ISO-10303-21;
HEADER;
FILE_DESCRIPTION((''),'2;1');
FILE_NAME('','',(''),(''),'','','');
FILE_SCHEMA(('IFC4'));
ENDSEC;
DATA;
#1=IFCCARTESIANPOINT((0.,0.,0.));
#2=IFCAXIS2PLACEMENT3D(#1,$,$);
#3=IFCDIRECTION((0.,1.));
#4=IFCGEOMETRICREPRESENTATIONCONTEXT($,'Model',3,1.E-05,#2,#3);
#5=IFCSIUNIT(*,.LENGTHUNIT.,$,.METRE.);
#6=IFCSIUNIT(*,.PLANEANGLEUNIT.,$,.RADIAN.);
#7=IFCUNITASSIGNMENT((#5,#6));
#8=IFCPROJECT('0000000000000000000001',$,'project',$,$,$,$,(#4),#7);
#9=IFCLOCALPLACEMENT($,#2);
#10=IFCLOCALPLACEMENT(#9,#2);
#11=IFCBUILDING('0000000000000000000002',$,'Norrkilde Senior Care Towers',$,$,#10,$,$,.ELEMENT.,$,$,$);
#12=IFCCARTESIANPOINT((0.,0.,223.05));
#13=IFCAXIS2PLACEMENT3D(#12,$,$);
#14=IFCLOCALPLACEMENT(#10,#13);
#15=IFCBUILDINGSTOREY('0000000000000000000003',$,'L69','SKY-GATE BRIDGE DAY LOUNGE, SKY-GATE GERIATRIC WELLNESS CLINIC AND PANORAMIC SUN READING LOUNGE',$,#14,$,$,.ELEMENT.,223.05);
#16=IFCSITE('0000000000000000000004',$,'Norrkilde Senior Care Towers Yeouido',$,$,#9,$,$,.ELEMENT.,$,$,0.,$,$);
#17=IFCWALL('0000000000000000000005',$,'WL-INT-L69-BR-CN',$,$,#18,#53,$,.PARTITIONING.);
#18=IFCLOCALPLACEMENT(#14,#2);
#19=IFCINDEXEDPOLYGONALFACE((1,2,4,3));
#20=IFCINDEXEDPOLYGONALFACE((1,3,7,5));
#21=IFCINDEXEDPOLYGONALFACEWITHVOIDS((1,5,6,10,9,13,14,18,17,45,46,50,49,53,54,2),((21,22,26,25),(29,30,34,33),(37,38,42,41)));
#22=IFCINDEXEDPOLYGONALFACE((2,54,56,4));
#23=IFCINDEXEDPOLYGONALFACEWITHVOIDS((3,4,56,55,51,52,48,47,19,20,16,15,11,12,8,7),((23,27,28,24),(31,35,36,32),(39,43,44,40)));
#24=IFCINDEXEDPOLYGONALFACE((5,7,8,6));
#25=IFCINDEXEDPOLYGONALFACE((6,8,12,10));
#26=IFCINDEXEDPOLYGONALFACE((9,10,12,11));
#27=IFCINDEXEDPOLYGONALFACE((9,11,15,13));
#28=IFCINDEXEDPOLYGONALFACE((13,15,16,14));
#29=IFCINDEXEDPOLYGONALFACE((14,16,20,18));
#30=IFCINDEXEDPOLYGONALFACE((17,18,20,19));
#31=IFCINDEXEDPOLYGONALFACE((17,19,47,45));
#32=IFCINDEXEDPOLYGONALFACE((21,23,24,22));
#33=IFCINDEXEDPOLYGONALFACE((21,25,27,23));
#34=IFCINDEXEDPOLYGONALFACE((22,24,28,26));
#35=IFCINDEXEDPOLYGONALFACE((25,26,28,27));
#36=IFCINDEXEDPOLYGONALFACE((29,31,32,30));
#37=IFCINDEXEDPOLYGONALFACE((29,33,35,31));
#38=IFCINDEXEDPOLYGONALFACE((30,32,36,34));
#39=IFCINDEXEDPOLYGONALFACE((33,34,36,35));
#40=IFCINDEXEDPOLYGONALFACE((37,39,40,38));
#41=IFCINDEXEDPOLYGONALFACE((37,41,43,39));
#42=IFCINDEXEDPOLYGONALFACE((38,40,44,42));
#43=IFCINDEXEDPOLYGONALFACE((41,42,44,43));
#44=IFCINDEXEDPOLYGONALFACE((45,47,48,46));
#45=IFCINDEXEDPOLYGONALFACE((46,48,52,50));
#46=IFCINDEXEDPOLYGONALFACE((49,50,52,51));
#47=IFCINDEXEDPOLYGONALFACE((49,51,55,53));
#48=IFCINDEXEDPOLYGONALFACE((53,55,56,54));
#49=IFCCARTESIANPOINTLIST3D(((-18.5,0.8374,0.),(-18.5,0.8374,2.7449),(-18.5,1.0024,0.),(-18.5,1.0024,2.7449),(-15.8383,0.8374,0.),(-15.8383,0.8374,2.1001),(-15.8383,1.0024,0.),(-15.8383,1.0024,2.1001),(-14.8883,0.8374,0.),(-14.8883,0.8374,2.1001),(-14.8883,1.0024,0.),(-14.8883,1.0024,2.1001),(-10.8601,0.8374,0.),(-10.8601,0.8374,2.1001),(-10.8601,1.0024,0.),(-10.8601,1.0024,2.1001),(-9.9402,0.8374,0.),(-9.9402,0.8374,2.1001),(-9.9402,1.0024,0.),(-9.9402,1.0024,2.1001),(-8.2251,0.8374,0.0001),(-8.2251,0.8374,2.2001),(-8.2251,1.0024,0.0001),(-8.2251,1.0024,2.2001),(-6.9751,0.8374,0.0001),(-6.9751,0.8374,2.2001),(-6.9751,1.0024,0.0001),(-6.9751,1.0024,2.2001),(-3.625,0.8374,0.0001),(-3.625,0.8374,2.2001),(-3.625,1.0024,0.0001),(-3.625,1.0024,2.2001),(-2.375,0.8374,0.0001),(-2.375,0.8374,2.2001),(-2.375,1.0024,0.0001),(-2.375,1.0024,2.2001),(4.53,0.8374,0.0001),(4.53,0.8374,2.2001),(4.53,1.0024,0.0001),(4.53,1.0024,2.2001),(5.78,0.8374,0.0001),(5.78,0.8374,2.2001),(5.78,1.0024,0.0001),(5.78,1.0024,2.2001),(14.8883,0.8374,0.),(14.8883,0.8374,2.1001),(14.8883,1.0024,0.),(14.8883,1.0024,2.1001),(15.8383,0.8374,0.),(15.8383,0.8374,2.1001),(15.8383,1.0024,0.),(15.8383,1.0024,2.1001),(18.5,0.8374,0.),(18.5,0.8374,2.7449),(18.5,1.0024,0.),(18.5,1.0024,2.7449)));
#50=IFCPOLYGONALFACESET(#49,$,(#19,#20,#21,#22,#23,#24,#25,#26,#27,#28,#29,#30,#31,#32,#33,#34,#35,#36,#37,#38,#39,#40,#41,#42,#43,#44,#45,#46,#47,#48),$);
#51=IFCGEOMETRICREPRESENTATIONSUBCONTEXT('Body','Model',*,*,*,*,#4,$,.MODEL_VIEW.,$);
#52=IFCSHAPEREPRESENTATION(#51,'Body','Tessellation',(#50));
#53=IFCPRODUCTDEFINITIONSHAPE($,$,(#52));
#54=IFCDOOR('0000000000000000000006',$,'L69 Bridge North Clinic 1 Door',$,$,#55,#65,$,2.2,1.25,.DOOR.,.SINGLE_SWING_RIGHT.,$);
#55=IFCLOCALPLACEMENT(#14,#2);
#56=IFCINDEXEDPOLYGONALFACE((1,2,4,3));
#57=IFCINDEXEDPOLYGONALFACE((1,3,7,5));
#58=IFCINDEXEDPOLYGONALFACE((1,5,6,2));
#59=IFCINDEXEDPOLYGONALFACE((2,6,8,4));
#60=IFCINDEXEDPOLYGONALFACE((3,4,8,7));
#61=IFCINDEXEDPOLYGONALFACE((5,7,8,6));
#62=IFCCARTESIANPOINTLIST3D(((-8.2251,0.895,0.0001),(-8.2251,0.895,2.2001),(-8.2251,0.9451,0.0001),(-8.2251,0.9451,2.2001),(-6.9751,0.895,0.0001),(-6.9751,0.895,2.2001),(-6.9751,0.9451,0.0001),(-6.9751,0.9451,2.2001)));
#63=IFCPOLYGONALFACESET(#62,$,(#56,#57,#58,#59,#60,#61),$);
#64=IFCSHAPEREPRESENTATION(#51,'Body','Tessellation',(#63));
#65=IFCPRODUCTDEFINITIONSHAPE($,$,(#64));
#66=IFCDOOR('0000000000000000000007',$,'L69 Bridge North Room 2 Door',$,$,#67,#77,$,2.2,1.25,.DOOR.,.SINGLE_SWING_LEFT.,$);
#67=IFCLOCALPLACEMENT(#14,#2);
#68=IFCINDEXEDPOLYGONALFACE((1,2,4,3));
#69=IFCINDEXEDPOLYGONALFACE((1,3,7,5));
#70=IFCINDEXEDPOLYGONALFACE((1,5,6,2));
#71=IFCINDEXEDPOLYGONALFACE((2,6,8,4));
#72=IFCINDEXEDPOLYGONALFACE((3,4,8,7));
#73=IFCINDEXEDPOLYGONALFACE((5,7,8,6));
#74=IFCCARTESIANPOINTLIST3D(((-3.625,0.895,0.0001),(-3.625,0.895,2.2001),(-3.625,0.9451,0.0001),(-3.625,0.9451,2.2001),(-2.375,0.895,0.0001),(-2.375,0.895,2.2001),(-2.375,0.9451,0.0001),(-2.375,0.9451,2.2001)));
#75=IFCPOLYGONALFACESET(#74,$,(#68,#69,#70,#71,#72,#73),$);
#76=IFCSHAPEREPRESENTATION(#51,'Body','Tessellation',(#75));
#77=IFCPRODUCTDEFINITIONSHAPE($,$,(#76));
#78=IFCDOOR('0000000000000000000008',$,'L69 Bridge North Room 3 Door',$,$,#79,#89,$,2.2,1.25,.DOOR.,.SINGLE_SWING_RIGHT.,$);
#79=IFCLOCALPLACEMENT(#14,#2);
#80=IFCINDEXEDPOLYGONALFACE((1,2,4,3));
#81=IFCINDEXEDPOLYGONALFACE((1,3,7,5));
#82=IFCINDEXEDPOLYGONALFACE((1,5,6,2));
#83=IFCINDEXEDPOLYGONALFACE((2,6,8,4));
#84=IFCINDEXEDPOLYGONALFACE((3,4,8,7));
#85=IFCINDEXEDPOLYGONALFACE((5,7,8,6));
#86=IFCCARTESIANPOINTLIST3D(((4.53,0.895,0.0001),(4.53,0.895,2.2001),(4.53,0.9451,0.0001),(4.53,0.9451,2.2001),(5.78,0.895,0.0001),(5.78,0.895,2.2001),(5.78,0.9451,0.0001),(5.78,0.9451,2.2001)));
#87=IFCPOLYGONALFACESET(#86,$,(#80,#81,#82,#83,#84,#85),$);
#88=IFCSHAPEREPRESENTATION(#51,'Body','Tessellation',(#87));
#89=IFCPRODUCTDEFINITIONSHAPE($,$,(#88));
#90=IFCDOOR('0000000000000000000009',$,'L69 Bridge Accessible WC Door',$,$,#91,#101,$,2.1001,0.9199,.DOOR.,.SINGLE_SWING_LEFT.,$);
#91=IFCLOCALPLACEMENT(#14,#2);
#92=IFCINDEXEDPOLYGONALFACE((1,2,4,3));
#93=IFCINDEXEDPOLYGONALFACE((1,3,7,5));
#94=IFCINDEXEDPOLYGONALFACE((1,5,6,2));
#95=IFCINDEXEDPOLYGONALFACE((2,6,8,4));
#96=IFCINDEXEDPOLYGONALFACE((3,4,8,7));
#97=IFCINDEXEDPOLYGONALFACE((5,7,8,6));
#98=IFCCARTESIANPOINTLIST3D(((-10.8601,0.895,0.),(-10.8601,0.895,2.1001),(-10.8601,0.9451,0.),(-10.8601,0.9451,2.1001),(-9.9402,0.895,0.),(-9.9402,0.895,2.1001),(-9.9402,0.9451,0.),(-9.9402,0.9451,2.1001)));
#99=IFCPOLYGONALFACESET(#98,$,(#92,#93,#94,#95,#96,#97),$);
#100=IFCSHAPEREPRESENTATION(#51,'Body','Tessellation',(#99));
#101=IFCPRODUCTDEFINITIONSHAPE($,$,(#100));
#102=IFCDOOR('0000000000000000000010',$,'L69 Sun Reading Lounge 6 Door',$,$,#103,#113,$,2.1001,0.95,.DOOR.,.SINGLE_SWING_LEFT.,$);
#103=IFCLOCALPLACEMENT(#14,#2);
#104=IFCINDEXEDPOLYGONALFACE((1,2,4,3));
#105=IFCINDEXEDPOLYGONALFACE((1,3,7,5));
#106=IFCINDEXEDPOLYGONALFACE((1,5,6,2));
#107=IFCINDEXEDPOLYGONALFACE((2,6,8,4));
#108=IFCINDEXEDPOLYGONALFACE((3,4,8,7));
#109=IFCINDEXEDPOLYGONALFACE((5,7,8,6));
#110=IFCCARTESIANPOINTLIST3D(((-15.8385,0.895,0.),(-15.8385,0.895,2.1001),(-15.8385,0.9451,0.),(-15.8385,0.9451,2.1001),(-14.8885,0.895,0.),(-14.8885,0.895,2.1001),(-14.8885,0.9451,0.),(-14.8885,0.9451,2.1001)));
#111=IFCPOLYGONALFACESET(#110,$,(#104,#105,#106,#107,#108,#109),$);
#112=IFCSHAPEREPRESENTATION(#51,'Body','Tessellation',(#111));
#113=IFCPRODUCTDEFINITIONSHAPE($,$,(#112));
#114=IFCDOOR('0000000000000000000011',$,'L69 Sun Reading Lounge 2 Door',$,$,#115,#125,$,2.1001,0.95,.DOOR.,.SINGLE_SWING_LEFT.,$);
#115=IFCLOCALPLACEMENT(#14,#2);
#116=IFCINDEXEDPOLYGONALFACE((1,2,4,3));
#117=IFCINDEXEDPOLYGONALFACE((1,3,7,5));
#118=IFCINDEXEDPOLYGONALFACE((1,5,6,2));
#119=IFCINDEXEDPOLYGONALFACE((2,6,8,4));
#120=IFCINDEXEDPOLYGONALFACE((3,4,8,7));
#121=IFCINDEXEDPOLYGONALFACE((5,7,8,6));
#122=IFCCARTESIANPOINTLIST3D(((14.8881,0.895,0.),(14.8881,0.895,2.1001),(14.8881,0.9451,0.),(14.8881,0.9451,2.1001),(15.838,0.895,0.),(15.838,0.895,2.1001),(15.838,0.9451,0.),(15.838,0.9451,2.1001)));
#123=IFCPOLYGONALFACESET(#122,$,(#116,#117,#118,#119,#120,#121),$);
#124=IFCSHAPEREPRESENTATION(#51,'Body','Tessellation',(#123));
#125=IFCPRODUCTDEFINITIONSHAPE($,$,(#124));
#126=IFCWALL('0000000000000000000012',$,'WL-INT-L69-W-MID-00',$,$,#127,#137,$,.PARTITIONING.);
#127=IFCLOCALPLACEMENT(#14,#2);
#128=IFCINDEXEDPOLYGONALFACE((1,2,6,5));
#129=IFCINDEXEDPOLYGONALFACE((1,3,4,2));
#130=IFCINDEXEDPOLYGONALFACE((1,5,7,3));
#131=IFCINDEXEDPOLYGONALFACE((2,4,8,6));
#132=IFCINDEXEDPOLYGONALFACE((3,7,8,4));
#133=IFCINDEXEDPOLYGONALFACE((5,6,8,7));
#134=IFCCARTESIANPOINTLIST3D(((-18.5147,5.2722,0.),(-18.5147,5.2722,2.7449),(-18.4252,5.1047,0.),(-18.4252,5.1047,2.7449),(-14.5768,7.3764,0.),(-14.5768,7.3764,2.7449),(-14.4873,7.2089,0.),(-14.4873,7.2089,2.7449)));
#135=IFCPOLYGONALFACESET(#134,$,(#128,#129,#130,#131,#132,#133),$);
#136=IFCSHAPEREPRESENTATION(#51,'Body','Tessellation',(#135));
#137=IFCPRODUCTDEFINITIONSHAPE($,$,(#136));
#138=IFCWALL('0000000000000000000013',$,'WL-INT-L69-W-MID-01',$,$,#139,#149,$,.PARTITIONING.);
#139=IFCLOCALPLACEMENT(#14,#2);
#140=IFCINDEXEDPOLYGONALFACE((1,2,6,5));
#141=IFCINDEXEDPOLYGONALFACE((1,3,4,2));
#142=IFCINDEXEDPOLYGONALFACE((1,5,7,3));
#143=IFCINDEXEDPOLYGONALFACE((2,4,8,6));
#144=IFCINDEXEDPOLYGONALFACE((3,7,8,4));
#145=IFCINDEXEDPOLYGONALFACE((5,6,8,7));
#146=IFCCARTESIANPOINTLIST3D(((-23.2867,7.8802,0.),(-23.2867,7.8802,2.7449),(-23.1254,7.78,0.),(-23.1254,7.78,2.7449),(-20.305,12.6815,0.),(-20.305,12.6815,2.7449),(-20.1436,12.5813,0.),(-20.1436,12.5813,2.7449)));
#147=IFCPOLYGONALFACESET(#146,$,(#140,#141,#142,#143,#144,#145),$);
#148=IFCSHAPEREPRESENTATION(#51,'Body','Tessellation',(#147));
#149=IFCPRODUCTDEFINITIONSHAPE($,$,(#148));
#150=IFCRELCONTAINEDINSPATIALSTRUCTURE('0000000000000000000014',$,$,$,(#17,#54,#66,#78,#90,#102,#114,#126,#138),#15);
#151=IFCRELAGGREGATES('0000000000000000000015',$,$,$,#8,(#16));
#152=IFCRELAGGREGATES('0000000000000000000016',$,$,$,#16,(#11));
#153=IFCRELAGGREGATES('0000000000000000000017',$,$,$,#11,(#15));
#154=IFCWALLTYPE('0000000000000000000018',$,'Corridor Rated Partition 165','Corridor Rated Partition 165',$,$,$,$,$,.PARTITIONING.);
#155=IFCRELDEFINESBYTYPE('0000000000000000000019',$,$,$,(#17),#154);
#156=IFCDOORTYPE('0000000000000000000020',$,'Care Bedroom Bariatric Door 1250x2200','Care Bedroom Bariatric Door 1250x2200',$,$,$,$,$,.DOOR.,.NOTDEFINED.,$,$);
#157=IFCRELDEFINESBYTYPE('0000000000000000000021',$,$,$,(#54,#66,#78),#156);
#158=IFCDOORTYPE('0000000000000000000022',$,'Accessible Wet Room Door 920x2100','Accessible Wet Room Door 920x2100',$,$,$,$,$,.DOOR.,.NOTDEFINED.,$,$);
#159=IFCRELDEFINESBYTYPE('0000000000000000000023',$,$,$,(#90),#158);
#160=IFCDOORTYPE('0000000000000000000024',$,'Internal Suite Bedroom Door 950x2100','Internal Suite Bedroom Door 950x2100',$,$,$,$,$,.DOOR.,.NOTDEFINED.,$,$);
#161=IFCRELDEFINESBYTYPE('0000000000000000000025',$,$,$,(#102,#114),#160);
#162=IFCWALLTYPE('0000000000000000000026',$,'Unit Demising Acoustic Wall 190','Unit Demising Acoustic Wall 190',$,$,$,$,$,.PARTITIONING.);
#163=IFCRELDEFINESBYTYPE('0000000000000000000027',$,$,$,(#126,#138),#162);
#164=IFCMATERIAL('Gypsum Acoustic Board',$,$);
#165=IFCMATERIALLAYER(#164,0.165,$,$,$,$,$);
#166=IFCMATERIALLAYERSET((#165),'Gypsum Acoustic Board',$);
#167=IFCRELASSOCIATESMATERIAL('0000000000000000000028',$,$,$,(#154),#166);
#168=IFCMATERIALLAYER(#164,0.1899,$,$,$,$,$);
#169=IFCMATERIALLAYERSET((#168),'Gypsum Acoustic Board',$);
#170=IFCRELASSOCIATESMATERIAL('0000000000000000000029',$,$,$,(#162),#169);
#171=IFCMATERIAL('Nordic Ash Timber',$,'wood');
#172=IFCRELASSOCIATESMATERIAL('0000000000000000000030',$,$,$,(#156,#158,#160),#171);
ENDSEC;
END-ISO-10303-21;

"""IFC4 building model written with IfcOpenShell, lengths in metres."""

from ifc_helpers import new_model, si_unit, direction, frame, frame_2d, origin, place, context, subcontext, project, spatial, rectangle, extrude, source, transform, mapped, material, layer, layer_set, type_object, type_shapes, element, fill, save


model = new_model("IFC4")

# Units and contexts
model_context = context("Model", 3, precision=1e-05, world=origin(), true_north=direction((0.0, 1.0)))
body_context = subcontext(model_context, "Body", "Model", "MODEL_VIEW")
ifc_project = project(units=[si_unit("LENGTHUNIT", "METRE"), si_unit("PLANEANGLEUNIT", "RADIAN")], contexts=[model_context])

# Site, building, storey
site_placement = place(None, origin())
site = spatial("IfcSite", under=ifc_project, at=site_placement, Name="Norrkilde Senior Care Towers Yeouido", CompositionType="ELEMENT", RefElevation=0.0)
building_placement = place(site_placement, origin())
building = spatial("IfcBuilding", under=site, at=building_placement, Name="Norrkilde Senior Care Towers", CompositionType="ELEMENT")
storey_placement = place(building_placement, frame((0.0, 0.0, 223.05)))
storey = spatial("IfcBuildingStorey", under=building, at=storey_placement, Name="L69", Description="SKY-GATE BRIDGE DAY LOUNGE, SKY-GATE GERIATRIC WELLNESS CLINIC AND PANORAMIC SUN READING LOUNGE", CompositionType="ELEMENT", Elevation=223.05)

# Shared definitions
ifc_material_1 = material(Name="Gypsum Acoustic Board")
ifc_layer_1 = layer(ifc_material_1, 0.165)
ifc_layer_set_1 = layer_set([ifc_layer_1], Name="Gypsum Acoustic Board")
wall_type_1 = type_object("IfcWallType", Name="Corridor Rated Partition 165", Description="Corridor Rated Partition 165", PredefinedType="PARTITIONING", material=ifc_layer_set_1)
ifc_layer_2 = layer(ifc_material_1, 0.1899)
ifc_layer_set_2 = layer_set([ifc_layer_2], Name="Gypsum Acoustic Board")
wall_type_2 = type_object("IfcWallType", Name="Unit Demising Acoustic Wall 190", Description="Unit Demising Acoustic Wall 190", PredefinedType="PARTITIONING", material=ifc_layer_set_2)

# Wall, openings, doors
ifc_material_2 = material(Name="Nordic Ash Timber", Category="wood")
shared_shape_1 = source(origin(), body_context, "Body", "SweptSolid", [
    extrude(rectangle(XDim=37.0, YDim=0.165, at=frame_2d((18.5, 0.0))), origin(), (0.0, 0.0, 1.0), 2.7449),
])
wall_1_placement = place(storey_placement, frame((-18.5, 0.9199, 0.0), z_axis=(0.0, 0.0, 1.0), x_axis=(1.0, 0.0, 0.0)))
wall_1 = element("IfcWall", 1, at=wall_1_placement, inside=storey, type_object=wall_type_1, Name="WL-INT-L69-BR-CN", PredefinedType="PARTITIONING", context=body_context, shape_type="MappedRepresentation", body=[
    mapped(shared_shape_1, transform((0.0, 0.0, 0.0), x_axis=(1.0, 0.0, 0.0), y_axis=(0.0, 1.0, 0.0), z_axis=(0.0, 0.0, 1.0), scale=1.0)),
])
opening_1_placement = place(wall_1_placement, frame((2.6616, 0.0, 0.0)))
opening_1 = element("IfcOpeningElement", 2, at=opening_1_placement, cuts=wall_1, PredefinedType="OPENING", context=body_context, shape_type="SweptSolid", body=[
    extrude(rectangle(XDim=0.95, YDim=2.1001, at=frame_2d((0.4751, 1.05))), frame((0.0, 0.0925, 0.0), z_axis=(0.0, -1.0, 0.0), x_axis=(1.0, 0.0, 0.0)), (0.0, 0.0, 1.0), 0.1851),
])
opening_2_placement = place(wall_1_placement, frame((33.3882, 0.0, 0.0)))
opening_2 = element("IfcOpeningElement", 3, at=opening_2_placement, cuts=wall_1, PredefinedType="OPENING", context=body_context, shape_type="SweptSolid", body=[
    extrude(rectangle(XDim=0.95, YDim=2.1001, at=frame_2d((0.4751, 1.05))), frame((0.0, 0.0925, 0.0), z_axis=(0.0, -1.0, 0.0), x_axis=(1.0, 0.0, 0.0)), (0.0, 0.0, 1.0), 0.1851),
])
opening_3_placement = place(wall_1_placement, frame((7.6399, 0.0, 0.0)))
opening_3 = element("IfcOpeningElement", 4, at=opening_3_placement, cuts=wall_1, PredefinedType="OPENING", context=body_context, shape_type="SweptSolid", body=[
    extrude(rectangle(XDim=0.9199, YDim=2.1001, at=frame_2d((0.46, 1.05))), frame((0.0, 0.0925, 0.0), z_axis=(0.0, -1.0, 0.0), x_axis=(1.0, 0.0, 0.0)), (0.0, 0.0, 1.0), 0.1851),
])
opening_4_placement = place(wall_1_placement, frame((10.2749, 0.0, 0.0)))
opening_4 = element("IfcOpeningElement", 5, at=opening_4_placement, cuts=wall_1, PredefinedType="OPENING", context=body_context, shape_type="SweptSolid", body=[
    extrude(rectangle(XDim=1.25, YDim=2.2, at=frame_2d((0.625, 1.1001))), frame((0.0, 0.0925, 0.0), z_axis=(0.0, -1.0, 0.0), x_axis=(1.0, 0.0, 0.0)), (0.0, 0.0, 1.0), 0.1851),
])
opening_5_placement = place(wall_1_placement, frame((14.875, 0.0, 0.0)))
opening_5 = element("IfcOpeningElement", 6, at=opening_5_placement, cuts=wall_1, PredefinedType="OPENING", context=body_context, shape_type="SweptSolid", body=[
    extrude(rectangle(XDim=1.25, YDim=2.2, at=frame_2d((0.625, 1.1001))), frame((0.0, 0.0925, 0.0), z_axis=(0.0, -1.0, 0.0), x_axis=(1.0, 0.0, 0.0)), (0.0, 0.0, 1.0), 0.1851),
])
opening_6_placement = place(wall_1_placement, frame((23.03, 0.0, 0.0)))
opening_6 = element("IfcOpeningElement", 7, at=opening_6_placement, cuts=wall_1, PredefinedType="OPENING", context=body_context, shape_type="SweptSolid", body=[
    extrude(rectangle(XDim=1.25, YDim=2.2, at=frame_2d((0.625, 1.1001))), frame((0.0, 0.0925, 0.0), z_axis=(0.0, -1.0, 0.0), x_axis=(1.0, 0.0, 0.0)), (0.0, 0.0, 1.0), 0.1851),
])
door_type_1 = type_object("IfcDoorType", Name="Care Bedroom Bariatric Door 1250x2200", Description="Care Bedroom Bariatric Door 1250x2200", OperationType="NOTDEFINED", PredefinedType="DOOR", material=ifc_material_2)
shared_shape_2 = source(origin(), body_context, "Body", "SweptSolid", [
    extrude(rectangle(XDim=1.25, YDim=2.2, at=frame_2d((0.625, 1.1001))), frame((0.0, 0.0249, 0.0), z_axis=(0.0, -1.0, 0.0), x_axis=(1.0, 0.0, 0.0)), (0.0, 0.0, 1.0), 0.05),
])
type_shapes(door_type_1, [shared_shape_2])
door_1_placement = place(opening_4_placement, frame((1.25, 0.0, 0.0), z_axis=(0.0, 0.0, 1.0), x_axis=(-1.0, 0.0, 0.0)))
door_1 = element("IfcDoor", 8, at=door_1_placement, inside=storey, type_object=door_type_1, Name="L69 Bridge North Clinic 1 Door", OperationType="SINGLE_SWING_RIGHT", OverallHeight=2.2, OverallWidth=1.25, PredefinedType="DOOR", context=body_context, shape_type="MappedRepresentation", body=[
    mapped(shared_shape_2, transform((0.0, 0.0, 0.0), x_axis=(1.0, 0.0, 0.0), y_axis=(0.0, 1.0, 0.0), z_axis=(0.0, 0.0, 1.0), scale=1.0)),
])
fill(opening_4, door_1)
door_2_placement = place(opening_5_placement, frame((1.25, 0.0, 0.0), z_axis=(0.0, 0.0, 1.0), x_axis=(-1.0, 0.0, 0.0)))
door_2 = element("IfcDoor", 9, at=door_2_placement, inside=storey, type_object=door_type_1, Name="L69 Bridge North Room 2 Door", OperationType="SINGLE_SWING_LEFT", OverallHeight=2.2, OverallWidth=1.25, PredefinedType="DOOR", context=body_context, shape_type="MappedRepresentation", body=[
    mapped(shared_shape_2, transform((0.0, 0.0, 0.0), x_axis=(1.0, 0.0, 0.0), y_axis=(0.0, 1.0, 0.0), z_axis=(0.0, 0.0, 1.0), scale=1.0)),
])
fill(opening_5, door_2)
door_3_placement = place(opening_6_placement, frame((1.25, 0.0, 0.0), z_axis=(0.0, 0.0, 1.0), x_axis=(-1.0, 0.0, 0.0)))
door_3 = element("IfcDoor", 10, at=door_3_placement, inside=storey, type_object=door_type_1, Name="L69 Bridge North Room 3 Door", OperationType="SINGLE_SWING_RIGHT", OverallHeight=2.2, OverallWidth=1.25, PredefinedType="DOOR", context=body_context, shape_type="MappedRepresentation", body=[
    mapped(shared_shape_2, transform((0.0, 0.0, 0.0), x_axis=(1.0, 0.0, 0.0), y_axis=(0.0, 1.0, 0.0), z_axis=(0.0, 0.0, 1.0), scale=1.0)),
])
fill(opening_6, door_3)
door_type_2 = type_object("IfcDoorType", Name="Accessible Wet Room Door 920x2100", Description="Accessible Wet Room Door 920x2100", OperationType="NOTDEFINED", PredefinedType="DOOR", material=ifc_material_2)
shared_shape_3 = source(origin(), body_context, "Body", "SweptSolid", [
    extrude(rectangle(XDim=0.9199, YDim=2.1001, at=frame_2d((0.46, 1.05))), frame((0.0, 0.0249, 0.0), z_axis=(0.0, -1.0, 0.0), x_axis=(1.0, 0.0, 0.0)), (0.0, 0.0, 1.0), 0.05),
])
type_shapes(door_type_2, [shared_shape_3])
door_4_placement = place(opening_3_placement, frame((0.9199, 0.0, 0.0), z_axis=(0.0, 0.0, 1.0), x_axis=(-1.0, 0.0, 0.0)))
door_4 = element("IfcDoor", 11, at=door_4_placement, inside=storey, type_object=door_type_2, Name="L69 Bridge Accessible WC Door", OperationType="SINGLE_SWING_LEFT", OverallHeight=2.1001, OverallWidth=0.9199, PredefinedType="DOOR", context=body_context, shape_type="MappedRepresentation", body=[
    mapped(shared_shape_3, transform((0.0, 0.0, 0.0), x_axis=(1.0, 0.0, 0.0), y_axis=(0.0, 1.0, 0.0), z_axis=(0.0, 0.0, 1.0), scale=1.0)),
])
fill(opening_3, door_4)
door_type_3 = type_object("IfcDoorType", Name="Internal Suite Bedroom Door 950x2100", Description="Internal Suite Bedroom Door 950x2100", OperationType="NOTDEFINED", PredefinedType="DOOR", material=ifc_material_2)
shared_shape_4 = source(origin(), body_context, "Body", "SweptSolid", [
    extrude(rectangle(XDim=0.95, YDim=2.1001, at=frame_2d((0.4751, 1.05))), frame((0.0, 0.0249, 0.0), z_axis=(0.0, -1.0, 0.0), x_axis=(1.0, 0.0, 0.0)), (0.0, 0.0, 1.0), 0.05),
])
type_shapes(door_type_3, [shared_shape_4])
door_5_placement = place(opening_1_placement, frame((0.95, 0.0, 0.0), z_axis=(0.0, 0.0, 1.0), x_axis=(-1.0, 0.0, 0.0)))
door_5 = element("IfcDoor", 12, at=door_5_placement, inside=storey, type_object=door_type_3, Name="L69 Sun Reading Lounge 6 Door", OperationType="SINGLE_SWING_LEFT", OverallHeight=2.1001, OverallWidth=0.95, PredefinedType="DOOR", context=body_context, shape_type="MappedRepresentation", body=[
    mapped(shared_shape_4, transform((0.0, 0.0, 0.0), x_axis=(1.0, 0.0, 0.0), y_axis=(0.0, 1.0, 0.0), z_axis=(0.0, 0.0, 1.0), scale=1.0)),
])
fill(opening_1, door_5)
door_6_placement = place(opening_2_placement, frame((0.95, 0.0, 0.0), z_axis=(0.0, 0.0, 1.0), x_axis=(-1.0, 0.0, 0.0)))
door_6 = element("IfcDoor", 13, at=door_6_placement, inside=storey, type_object=door_type_3, Name="L69 Sun Reading Lounge 2 Door", OperationType="SINGLE_SWING_LEFT", OverallHeight=2.1001, OverallWidth=0.95, PredefinedType="DOOR", context=body_context, shape_type="MappedRepresentation", body=[
    mapped(shared_shape_4, transform((0.0, 0.0, 0.0), x_axis=(1.0, 0.0, 0.0), y_axis=(0.0, 1.0, 0.0), z_axis=(0.0, 0.0, 1.0), scale=1.0)),
])
fill(opening_2, door_6)

# Walls
shared_shape_5 = source(origin(), body_context, "Body", "SweptSolid", [
    extrude(rectangle(XDim=4.4648, YDim=0.1899, at=frame_2d((2.2324, 0.0))), origin(), (0.0, 0.0, 1.0), 2.7449),
])
wall_2_placement = place(storey_placement, frame((-18.47, 5.1885, 0.0), z_axis=(0.0, 0.0, 1.0), x_axis=(0.881982, 0.471283, 0.0)))
element("IfcWall", 14, at=wall_2_placement, inside=storey, type_object=wall_type_2, Name="WL-INT-L69-W-MID-00", PredefinedType="PARTITIONING", context=body_context, shape_type="MappedRepresentation", body=[
    mapped(shared_shape_5, transform((0.0, 0.0, 0.0), x_axis=(1.0, 0.0, 0.0), y_axis=(0.0, 1.0, 0.0), z_axis=(0.0, 0.0, 1.0), scale=1.0)),
])
shared_shape_6 = source(origin(), body_context, "Body", "SweptSolid", [
    extrude(rectangle(XDim=5.6519, YDim=0.1899, at=frame_2d((2.8259, 0.0))), origin(), (0.0, 0.0, 1.0), 2.7449),
])
wall_3_placement = place(storey_placement, frame((-23.2061, 7.8301, 0.0), z_axis=(0.0, 0.0, 1.0), x_axis=(0.527566, 0.849514, 0.0)))
element("IfcWall", 15, at=wall_3_placement, inside=storey, type_object=wall_type_2, Name="WL-INT-L69-W-MID-01", PredefinedType="PARTITIONING", context=body_context, shape_type="MappedRepresentation", body=[
    mapped(shared_shape_6, transform((0.0, 0.0, 0.0), x_axis=(1.0, 0.0, 0.0), y_axis=(0.0, 1.0, 0.0), z_axis=(0.0, 0.0, 1.0), scale=1.0)),
])

save(model, "model.ifc")
